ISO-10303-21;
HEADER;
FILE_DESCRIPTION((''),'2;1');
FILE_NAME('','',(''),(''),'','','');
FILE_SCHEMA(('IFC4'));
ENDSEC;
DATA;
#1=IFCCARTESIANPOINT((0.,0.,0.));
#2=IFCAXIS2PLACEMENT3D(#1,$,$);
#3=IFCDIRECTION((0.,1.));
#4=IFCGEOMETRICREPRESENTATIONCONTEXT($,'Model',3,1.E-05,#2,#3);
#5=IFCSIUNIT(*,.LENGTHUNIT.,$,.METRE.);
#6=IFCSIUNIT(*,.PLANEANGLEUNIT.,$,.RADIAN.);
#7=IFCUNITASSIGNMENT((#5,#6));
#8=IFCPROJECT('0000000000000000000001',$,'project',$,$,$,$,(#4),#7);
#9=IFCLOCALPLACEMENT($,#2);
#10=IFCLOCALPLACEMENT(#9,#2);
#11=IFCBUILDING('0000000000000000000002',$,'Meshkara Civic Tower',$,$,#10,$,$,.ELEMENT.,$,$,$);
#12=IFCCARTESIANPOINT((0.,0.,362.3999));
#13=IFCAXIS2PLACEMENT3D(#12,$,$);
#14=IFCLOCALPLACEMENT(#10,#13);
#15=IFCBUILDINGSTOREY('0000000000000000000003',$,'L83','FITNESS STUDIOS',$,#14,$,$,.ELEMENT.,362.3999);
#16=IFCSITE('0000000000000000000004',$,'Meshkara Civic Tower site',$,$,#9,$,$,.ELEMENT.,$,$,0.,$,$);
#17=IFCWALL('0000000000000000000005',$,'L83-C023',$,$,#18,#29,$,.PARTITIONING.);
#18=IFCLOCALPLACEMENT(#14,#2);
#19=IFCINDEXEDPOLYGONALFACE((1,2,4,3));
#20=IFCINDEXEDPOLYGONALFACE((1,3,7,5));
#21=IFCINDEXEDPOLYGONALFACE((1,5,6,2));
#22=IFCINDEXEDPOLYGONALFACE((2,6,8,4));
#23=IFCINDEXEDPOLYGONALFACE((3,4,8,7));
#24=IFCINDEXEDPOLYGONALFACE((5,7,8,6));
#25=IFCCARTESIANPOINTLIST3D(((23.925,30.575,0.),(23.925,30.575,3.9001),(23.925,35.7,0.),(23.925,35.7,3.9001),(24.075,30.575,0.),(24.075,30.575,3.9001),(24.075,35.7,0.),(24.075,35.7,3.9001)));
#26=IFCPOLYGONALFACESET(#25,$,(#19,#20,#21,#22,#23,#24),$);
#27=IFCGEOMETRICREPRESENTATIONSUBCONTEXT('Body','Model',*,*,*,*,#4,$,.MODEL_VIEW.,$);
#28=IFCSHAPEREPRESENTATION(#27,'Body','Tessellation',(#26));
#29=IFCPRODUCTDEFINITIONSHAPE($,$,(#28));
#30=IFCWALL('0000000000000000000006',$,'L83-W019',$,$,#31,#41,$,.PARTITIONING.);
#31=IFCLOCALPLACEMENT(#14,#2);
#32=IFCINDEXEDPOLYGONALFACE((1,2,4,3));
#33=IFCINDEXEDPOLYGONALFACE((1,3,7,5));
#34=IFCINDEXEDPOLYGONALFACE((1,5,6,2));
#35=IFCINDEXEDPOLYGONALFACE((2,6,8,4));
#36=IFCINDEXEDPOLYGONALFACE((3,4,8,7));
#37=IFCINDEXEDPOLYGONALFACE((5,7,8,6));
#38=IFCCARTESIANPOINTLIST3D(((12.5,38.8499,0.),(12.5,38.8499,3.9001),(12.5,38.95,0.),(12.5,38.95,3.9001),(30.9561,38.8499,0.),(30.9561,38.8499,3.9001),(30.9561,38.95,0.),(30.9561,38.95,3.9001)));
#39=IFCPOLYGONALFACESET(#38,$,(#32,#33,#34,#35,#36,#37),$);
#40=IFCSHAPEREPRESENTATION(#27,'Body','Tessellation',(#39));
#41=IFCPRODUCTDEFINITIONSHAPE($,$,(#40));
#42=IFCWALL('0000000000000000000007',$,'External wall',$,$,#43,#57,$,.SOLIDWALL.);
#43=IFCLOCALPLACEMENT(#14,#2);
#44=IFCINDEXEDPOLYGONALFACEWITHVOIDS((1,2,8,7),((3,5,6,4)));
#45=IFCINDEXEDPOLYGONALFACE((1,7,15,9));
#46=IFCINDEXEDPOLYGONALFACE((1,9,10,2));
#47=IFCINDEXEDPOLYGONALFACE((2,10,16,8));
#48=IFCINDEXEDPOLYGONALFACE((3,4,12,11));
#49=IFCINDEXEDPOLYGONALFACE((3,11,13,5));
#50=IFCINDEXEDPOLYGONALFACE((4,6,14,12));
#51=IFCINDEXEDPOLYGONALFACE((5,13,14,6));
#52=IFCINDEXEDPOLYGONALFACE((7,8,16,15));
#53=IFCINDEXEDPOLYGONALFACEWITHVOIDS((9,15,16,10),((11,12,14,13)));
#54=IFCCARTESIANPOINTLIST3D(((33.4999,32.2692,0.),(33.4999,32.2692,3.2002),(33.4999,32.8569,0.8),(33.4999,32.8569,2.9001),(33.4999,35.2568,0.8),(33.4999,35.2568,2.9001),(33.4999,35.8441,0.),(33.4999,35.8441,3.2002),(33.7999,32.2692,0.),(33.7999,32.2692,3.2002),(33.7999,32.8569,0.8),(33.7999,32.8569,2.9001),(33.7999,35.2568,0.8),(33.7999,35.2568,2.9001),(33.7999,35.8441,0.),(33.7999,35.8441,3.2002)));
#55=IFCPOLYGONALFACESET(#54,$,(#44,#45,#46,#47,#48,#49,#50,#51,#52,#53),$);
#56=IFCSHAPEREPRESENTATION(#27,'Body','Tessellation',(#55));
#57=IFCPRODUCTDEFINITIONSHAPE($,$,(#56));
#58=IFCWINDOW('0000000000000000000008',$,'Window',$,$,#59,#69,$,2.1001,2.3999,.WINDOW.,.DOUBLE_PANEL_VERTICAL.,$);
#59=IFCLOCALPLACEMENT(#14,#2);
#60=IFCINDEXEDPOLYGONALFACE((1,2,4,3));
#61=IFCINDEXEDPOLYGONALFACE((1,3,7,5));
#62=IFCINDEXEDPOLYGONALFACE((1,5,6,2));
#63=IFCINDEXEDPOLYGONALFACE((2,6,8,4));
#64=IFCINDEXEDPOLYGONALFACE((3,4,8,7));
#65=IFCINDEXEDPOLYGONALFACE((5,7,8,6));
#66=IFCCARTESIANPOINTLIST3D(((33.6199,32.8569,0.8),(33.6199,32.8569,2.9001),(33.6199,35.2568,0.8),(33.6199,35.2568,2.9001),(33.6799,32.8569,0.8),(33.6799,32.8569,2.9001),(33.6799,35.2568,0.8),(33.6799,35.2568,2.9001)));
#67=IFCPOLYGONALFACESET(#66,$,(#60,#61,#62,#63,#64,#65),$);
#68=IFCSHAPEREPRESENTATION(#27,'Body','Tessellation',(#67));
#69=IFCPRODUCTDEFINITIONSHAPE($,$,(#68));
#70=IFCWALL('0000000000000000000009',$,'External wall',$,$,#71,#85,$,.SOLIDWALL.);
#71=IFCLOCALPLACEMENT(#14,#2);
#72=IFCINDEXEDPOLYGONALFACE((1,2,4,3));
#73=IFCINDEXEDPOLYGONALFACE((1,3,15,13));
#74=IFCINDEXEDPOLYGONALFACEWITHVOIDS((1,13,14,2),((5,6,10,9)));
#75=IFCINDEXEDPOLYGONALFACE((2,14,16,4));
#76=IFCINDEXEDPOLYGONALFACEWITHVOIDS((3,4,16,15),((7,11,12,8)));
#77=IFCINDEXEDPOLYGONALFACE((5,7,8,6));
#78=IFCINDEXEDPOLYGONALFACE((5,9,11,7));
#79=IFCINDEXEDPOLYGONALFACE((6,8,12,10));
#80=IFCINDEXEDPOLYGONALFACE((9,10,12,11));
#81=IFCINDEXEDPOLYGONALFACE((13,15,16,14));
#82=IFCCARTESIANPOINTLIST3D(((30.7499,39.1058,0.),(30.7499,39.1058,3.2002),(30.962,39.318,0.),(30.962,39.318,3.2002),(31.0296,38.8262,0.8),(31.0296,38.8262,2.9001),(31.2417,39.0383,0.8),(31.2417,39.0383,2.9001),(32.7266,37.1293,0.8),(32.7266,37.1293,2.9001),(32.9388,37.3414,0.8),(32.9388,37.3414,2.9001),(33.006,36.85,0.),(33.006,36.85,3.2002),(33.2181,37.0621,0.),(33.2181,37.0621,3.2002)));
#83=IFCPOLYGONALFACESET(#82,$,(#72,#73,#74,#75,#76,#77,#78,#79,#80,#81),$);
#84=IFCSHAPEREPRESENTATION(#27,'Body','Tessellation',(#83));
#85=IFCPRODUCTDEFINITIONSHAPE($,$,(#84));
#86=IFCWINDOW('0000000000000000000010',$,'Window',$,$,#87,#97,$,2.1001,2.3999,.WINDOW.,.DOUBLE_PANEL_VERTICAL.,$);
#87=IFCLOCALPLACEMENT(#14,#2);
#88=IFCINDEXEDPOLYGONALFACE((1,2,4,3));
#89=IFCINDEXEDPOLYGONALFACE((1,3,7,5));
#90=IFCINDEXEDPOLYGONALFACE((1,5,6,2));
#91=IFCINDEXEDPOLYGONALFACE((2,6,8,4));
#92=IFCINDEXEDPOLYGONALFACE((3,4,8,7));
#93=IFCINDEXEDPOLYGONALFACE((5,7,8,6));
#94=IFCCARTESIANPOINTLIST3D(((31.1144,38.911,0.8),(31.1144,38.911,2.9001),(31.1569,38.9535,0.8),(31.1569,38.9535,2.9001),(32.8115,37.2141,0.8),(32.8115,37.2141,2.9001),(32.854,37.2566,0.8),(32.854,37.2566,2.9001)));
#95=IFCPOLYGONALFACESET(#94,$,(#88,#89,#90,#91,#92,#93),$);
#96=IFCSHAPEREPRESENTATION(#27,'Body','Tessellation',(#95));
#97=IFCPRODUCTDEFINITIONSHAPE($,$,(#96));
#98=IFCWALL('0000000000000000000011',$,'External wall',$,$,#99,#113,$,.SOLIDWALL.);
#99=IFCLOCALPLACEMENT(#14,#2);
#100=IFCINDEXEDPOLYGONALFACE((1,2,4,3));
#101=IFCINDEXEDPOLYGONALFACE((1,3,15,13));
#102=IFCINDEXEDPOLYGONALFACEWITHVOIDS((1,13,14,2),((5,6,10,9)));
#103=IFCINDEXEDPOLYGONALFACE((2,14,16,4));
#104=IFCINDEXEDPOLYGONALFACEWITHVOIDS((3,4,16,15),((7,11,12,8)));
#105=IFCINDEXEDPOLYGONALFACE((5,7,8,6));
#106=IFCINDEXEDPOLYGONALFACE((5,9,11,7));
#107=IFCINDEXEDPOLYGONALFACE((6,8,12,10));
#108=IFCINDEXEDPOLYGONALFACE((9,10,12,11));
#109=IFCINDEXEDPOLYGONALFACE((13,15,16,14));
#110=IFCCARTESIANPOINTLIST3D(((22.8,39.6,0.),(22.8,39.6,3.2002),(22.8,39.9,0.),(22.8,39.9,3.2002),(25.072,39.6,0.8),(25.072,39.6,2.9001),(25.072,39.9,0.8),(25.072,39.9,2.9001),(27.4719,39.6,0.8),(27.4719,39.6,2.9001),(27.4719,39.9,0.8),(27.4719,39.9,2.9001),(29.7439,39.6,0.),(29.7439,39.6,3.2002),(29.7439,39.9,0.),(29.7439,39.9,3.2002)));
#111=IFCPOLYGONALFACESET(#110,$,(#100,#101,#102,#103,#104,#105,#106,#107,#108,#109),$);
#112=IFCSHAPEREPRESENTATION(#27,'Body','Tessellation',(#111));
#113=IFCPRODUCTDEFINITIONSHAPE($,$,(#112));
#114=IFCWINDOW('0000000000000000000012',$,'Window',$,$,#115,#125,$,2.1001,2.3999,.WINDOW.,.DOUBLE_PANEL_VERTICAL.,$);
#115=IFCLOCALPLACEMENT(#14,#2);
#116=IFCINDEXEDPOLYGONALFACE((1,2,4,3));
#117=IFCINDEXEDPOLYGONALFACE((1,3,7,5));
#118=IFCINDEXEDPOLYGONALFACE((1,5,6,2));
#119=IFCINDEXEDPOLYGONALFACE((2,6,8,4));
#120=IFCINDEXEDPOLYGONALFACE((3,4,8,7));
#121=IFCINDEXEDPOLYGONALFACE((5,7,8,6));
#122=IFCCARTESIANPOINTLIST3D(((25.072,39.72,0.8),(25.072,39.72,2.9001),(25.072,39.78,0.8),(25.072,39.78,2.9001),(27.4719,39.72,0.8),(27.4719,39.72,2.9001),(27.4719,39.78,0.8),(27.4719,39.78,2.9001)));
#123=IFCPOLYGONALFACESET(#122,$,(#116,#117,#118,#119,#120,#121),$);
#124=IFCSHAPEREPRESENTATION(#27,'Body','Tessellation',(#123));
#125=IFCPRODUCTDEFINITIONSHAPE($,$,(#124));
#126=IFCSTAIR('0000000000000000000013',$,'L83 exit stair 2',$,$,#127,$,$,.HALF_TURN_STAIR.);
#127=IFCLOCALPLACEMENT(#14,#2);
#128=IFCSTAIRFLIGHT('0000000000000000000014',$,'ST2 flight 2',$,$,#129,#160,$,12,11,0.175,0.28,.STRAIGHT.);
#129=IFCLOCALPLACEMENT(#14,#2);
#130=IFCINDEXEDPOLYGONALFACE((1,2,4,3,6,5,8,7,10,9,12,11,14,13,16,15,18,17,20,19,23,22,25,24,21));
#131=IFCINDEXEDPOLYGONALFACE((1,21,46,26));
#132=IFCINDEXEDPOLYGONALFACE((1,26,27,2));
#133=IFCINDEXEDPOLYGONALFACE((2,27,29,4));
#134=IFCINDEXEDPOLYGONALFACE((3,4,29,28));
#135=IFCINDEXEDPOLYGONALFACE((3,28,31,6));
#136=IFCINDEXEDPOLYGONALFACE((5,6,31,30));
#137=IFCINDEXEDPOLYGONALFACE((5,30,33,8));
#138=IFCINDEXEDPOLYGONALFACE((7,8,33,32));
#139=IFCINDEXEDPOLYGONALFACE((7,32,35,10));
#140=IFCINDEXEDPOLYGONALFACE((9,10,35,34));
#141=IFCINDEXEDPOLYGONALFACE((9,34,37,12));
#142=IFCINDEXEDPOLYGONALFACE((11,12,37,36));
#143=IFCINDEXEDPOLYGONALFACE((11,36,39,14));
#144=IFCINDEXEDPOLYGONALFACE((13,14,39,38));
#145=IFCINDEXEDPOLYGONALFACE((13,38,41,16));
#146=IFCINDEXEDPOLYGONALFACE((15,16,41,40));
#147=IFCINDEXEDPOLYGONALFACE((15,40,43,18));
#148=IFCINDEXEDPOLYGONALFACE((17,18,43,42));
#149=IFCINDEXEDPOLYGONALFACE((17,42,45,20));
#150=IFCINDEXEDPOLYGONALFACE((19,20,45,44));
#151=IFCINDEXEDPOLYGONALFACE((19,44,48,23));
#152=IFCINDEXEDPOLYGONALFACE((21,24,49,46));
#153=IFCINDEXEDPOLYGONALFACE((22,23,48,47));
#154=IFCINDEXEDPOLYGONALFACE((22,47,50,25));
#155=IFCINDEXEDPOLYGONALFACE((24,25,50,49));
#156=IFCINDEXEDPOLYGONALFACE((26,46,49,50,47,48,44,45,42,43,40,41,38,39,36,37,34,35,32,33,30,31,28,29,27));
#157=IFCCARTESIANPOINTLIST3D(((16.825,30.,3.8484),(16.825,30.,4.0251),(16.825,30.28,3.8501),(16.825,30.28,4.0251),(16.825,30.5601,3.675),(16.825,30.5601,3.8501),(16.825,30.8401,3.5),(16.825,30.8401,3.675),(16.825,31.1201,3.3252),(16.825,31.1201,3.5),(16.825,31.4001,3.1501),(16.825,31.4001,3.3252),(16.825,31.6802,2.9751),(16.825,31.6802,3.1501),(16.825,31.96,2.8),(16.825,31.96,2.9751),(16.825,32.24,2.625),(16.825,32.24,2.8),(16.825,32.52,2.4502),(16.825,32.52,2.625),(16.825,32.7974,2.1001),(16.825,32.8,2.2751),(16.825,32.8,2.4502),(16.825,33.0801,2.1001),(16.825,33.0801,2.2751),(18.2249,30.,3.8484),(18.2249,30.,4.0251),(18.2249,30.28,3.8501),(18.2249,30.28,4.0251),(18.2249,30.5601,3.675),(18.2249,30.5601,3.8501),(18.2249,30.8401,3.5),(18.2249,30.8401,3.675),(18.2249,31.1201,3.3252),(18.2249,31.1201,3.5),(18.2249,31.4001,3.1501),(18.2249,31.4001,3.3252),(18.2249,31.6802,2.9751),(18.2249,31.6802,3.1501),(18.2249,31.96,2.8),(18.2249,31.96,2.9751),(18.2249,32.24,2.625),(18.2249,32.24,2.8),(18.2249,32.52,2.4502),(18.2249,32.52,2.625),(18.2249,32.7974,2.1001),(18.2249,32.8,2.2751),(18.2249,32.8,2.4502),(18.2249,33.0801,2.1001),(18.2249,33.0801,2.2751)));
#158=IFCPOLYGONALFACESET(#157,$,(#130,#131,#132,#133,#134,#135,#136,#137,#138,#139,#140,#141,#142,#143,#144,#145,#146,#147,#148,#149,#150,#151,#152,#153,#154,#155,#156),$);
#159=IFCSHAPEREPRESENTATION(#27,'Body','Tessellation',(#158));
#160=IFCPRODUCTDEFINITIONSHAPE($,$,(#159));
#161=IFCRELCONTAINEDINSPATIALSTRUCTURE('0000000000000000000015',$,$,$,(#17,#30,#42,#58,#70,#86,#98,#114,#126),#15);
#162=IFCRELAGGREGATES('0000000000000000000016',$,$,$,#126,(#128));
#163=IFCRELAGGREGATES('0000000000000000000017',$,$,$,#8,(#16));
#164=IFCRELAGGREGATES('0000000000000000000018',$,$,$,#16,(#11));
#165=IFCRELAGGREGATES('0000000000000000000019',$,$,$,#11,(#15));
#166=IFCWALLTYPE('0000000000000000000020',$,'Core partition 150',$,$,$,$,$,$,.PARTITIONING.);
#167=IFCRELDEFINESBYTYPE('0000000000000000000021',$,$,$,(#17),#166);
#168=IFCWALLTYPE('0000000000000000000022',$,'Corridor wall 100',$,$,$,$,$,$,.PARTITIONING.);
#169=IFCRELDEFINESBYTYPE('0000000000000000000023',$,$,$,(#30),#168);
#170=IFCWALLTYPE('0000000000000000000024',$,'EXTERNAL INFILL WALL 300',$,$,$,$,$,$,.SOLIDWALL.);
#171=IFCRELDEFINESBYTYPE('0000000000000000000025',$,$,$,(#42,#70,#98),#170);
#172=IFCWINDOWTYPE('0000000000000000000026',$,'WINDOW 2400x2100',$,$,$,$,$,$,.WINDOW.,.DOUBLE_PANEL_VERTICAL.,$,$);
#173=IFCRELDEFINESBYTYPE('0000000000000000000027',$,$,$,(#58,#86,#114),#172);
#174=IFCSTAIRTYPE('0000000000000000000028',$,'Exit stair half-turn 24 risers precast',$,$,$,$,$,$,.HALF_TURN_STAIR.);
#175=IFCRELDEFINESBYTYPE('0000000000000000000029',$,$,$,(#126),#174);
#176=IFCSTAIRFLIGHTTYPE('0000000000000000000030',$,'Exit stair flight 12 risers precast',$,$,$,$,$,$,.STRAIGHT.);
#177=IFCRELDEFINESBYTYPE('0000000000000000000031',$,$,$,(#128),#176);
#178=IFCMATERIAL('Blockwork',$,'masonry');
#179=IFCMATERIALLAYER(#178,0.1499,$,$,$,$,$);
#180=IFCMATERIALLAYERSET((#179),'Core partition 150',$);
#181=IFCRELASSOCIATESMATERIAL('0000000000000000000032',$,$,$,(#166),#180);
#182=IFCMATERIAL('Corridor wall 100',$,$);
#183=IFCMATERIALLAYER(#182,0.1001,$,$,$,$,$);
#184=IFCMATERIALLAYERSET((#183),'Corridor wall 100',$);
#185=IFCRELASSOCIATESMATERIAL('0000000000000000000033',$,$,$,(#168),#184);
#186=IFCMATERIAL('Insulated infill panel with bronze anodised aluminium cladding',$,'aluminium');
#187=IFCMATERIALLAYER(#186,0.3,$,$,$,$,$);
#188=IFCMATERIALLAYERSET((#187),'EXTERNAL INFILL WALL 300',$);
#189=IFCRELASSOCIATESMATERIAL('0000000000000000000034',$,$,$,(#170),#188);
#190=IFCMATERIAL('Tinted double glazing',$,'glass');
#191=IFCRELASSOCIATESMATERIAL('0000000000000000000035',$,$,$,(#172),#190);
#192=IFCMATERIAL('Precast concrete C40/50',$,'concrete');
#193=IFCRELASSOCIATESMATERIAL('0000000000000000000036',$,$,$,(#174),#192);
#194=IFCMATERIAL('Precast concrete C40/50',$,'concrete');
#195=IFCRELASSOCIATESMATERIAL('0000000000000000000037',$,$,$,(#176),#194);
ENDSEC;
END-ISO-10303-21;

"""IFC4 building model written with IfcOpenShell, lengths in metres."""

from ifc_helpers import new_model, si_unit, direction, frame, frame_2d, origin, place, context, subcontext, project, spatial, polyline, rectangle, outline, extrude, material, layer, layer_set, type_object, element, fill, aggregate, save


model = new_model("IFC4")

# Units and contexts
model_context = context("Model", 3, precision=1e-05, world=origin(), true_north=direction((0.0, 1.0)))
body_context = subcontext(model_context, "Body", "Model", "MODEL_VIEW")
ifc_project = project(units=[si_unit("LENGTHUNIT", "METRE"), si_unit("PLANEANGLEUNIT", "RADIAN")], contexts=[model_context])

# Site, building, storey
site_placement = place(None, origin())
site = spatial("IfcSite", under=ifc_project, at=site_placement, Name="Meshkara Civic Tower site", CompositionType="ELEMENT", RefElevation=0.0)
building_placement = place(site_placement, origin())
building = spatial("IfcBuilding", under=site, at=building_placement, Name="Meshkara Civic Tower", CompositionType="ELEMENT")
storey_placement = place(building_placement, frame((0.0, 0.0, 362.3999)))
storey = spatial("IfcBuildingStorey", under=building, at=storey_placement, Name="L83", Description="FITNESS STUDIOS", CompositionType="ELEMENT", Elevation=362.3999)

# Shared definitions
ifc_material_1 = material(Name="Blockwork", Category="masonry")
ifc_layer_1 = layer(ifc_material_1, 0.1499)
ifc_layer_set_1 = layer_set([ifc_layer_1], Name="Core partition 150")
wall_type_1 = type_object("IfcWallType", Name="Core partition 150", PredefinedType="PARTITIONING", material=ifc_layer_set_1)

# Walls
for number, where, z_axis, x_axis, name in (
    (1, (24.0, 30.575, 0.0), (0.0, 0.0, 1.0), (0.0, 1.0, 0.0), "L83-C023"),
):
    element("IfcWall", number, at=place(storey_placement, frame(where, z_axis=z_axis, x_axis=x_axis)), inside=storey, type_object=wall_type_1, Name=name, PredefinedType="PARTITIONING", context=body_context, shape_type="SweptSolid", body=[
        extrude(rectangle(XDim=5.125, YDim=0.1499, at=frame_2d((2.5625, 0.0))), origin(), (0.0, 0.0, 1.0), 3.9001),
    ])
ifc_material_2 = material(Name="Corridor wall 100")
ifc_layer_2 = layer(ifc_material_2, 0.1001)
ifc_layer_set_2 = layer_set([ifc_layer_2], Name="Corridor wall 100")
wall_type_2 = type_object("IfcWallType", Name="Corridor wall 100", PredefinedType="PARTITIONING", material=ifc_layer_set_2)
wall_1_placement = place(storey_placement, frame((30.9561, 38.8999, 0.0), z_axis=(0.0, 0.0, 1.0), x_axis=(-1.0, 0.0, 0.0)))
element("IfcWall", 2, at=wall_1_placement, inside=storey, type_object=wall_type_2, Name="L83-W019", PredefinedType="PARTITIONING", context=body_context, shape_type="SweptSolid", body=[
    extrude(rectangle(XDim=18.4561, YDim=0.1001, at=frame_2d((9.228, 0.0))), origin(), (0.0, 0.0, 1.0), 3.9001),
])

# Walls, openings, windows
ifc_material_3 = material(Name="Insulated infill panel with bronze anodised aluminium cladding", Category="aluminium")
ifc_layer_3 = layer(ifc_material_3, 0.3)
ifc_layer_set_3 = layer_set([ifc_layer_3], Name="EXTERNAL INFILL WALL 300")
wall_type_3 = type_object("IfcWallType", Name="EXTERNAL INFILL WALL 300", PredefinedType="SOLIDWALL", material=ifc_layer_set_3)
wall_2_placement = place(storey_placement, frame((33.6499, 32.269, 0.0), z_axis=(0.0, 0.0, 1.0), x_axis=(0.0, 1.0, 0.0)))
wall_2 = element("IfcWall", 3, at=wall_2_placement, inside=storey, type_object=wall_type_3, Name="External wall", PredefinedType="SOLIDWALL", context=body_context, shape_type="SweptSolid", body=[
    extrude(rectangle(XDim=3.575, YDim=0.3, at=frame_2d((1.7876, 0.0))), origin(), (0.0, 0.0, 1.0), 3.2002),
])
opening_1_placement = place(wall_2_placement, frame((0.5879, 0.0, 0.8)))
opening_1 = element("IfcOpeningElement", 4, at=opening_1_placement, cuts=wall_2, PredefinedType="OPENING", context=body_context, shape_type="SweptSolid", body=[
    extrude(rectangle(XDim=2.3999, YDim=2.1001, at=frame_2d((1.2, 1.05))), frame((0.0, 0.1599, 0.0), z_axis=(0.0, -1.0, 0.0), x_axis=(1.0, 0.0, 0.0)), (0.0, 0.0, 1.0), 0.3201),
])
ifc_material_4 = material(Name="Tinted double glazing", Category="glass")
window_type = type_object("IfcWindowType", Name="WINDOW 2400x2100", PartitioningType="DOUBLE_PANEL_VERTICAL", PredefinedType="WINDOW", material=ifc_material_4)
window_1_placement = place(opening_1_placement, origin())
window_1 = element("IfcWindow", 5, at=window_1_placement, inside=storey, type_object=window_type, Name="Window", OverallHeight=2.1001, OverallWidth=2.3999, PartitioningType="DOUBLE_PANEL_VERTICAL", PredefinedType="WINDOW", context=body_context, shape_type="SweptSolid", body=[
    extrude(rectangle(XDim=2.3999, YDim=2.1001, at=frame_2d((1.2, 1.05))), frame((0.0, 0.03, 0.0), z_axis=(0.0, -1.0, 0.0), x_axis=(1.0, 0.0, 0.0)), (0.0, 0.0, 1.0), 0.0601),
])
fill(opening_1, window_1)
wall_3_placement = place(storey_placement, frame((33.1121, 36.9561, 0.0), z_axis=(0.0, 0.0, 1.0), x_axis=(-0.707145, 0.707069, 0.0)))
wall_3 = element("IfcWall", 6, at=wall_3_placement, inside=storey, type_object=wall_type_3, Name="External wall", PredefinedType="SOLIDWALL", context=body_context, shape_type="SweptSolid", body=[
    extrude(rectangle(XDim=3.1904, YDim=0.3, at=frame_2d((1.5952, 0.0))), origin(), (0.0, 0.0, 1.0), 3.2002),
])
opening_2_placement = place(wall_3_placement, frame((0.395, 0.0, 0.8)))
opening_2 = element("IfcOpeningElement", 7, at=opening_2_placement, cuts=wall_3, PredefinedType="OPENING", context=body_context, shape_type="SweptSolid", body=[
    extrude(rectangle(XDim=2.3999, YDim=2.1001, at=frame_2d((1.2, 1.05))), frame((0.0, 0.1599, 0.0), z_axis=(0.0, -1.0, 0.0), x_axis=(1.0, 0.0, 0.0)), (0.0, 0.0, 1.0), 0.3201),
])
window_2_placement = place(opening_2_placement, origin())
window_2 = element("IfcWindow", 8, at=window_2_placement, inside=storey, type_object=window_type, Name="Window", OverallHeight=2.1001, OverallWidth=2.3999, PartitioningType="DOUBLE_PANEL_VERTICAL", PredefinedType="WINDOW", context=body_context, shape_type="SweptSolid", body=[
    extrude(rectangle(XDim=2.3999, YDim=2.1001, at=frame_2d((1.2, 1.05))), frame((0.0, 0.03, 0.0), z_axis=(0.0, -1.0, 0.0), x_axis=(1.0, 0.0, 0.0)), (0.0, 0.0, 1.0), 0.0601),
])
fill(opening_2, window_2)
wall_4_placement = place(storey_placement, frame((29.7439, 39.75, 0.0), z_axis=(0.0, 0.0, 1.0), x_axis=(-1.0, 0.0, 0.0)))
wall_4 = element("IfcWall", 9, at=wall_4_placement, inside=storey, type_object=wall_type_3, Name="External wall", PredefinedType="SOLIDWALL", context=body_context, shape_type="SweptSolid", body=[
    extrude(rectangle(XDim=6.9438, YDim=0.3, at=frame_2d((3.4719, 0.0))), origin(), (0.0, 0.0, 1.0), 3.2002),
])
opening_3_placement = place(wall_4_placement, frame((2.272, 0.0, 0.8)))
opening_3 = element("IfcOpeningElement", 10, at=opening_3_placement, cuts=wall_4, PredefinedType="OPENING", context=body_context, shape_type="SweptSolid", body=[
    extrude(rectangle(XDim=2.3999, YDim=2.1001, at=frame_2d((1.2, 1.05))), frame((0.0, 0.1599, 0.0), z_axis=(0.0, -1.0, 0.0), x_axis=(1.0, 0.0, 0.0)), (0.0, 0.0, 1.0), 0.3201),
])
window_3_placement = place(opening_3_placement, origin())
window_3 = element("IfcWindow", 11, at=window_3_placement, inside=storey, type_object=window_type, Name="Window", OverallHeight=2.1001, OverallWidth=2.3999, PartitioningType="DOUBLE_PANEL_VERTICAL", PredefinedType="WINDOW", context=body_context, shape_type="SweptSolid", body=[
    extrude(rectangle(XDim=2.3999, YDim=2.1001, at=frame_2d((1.2, 1.05))), frame((0.0, 0.03, 0.0), z_axis=(0.0, -1.0, 0.0), x_axis=(1.0, 0.0, 0.0)), (0.0, 0.0, 1.0), 0.0601),
])
fill(opening_3, window_3)

# Stair, stair flight
ifc_material_5 = material(Name="Precast concrete C40/50", Category="concrete")
stair_type = type_object("IfcStairType", Name="Exit stair half-turn 24 risers precast", PredefinedType="HALF_TURN_STAIR", material=ifc_material_5)
stair_placement = place(storey_placement, origin())
stair = element("IfcStair", 12, at=stair_placement, inside=storey, type_object=stair_type, Name="L83 exit stair 2", PredefinedType="HALF_TURN_STAIR")
ifc_material_6 = material(Name="Precast concrete C40/50", Category="concrete")
stair_flight_type = type_object("IfcStairFlightType", Name="Exit stair flight 12 risers precast", PredefinedType="STRAIGHT", material=ifc_material_6)
stair_flight_placement = place(storey_placement, frame((17.5249, 33.0801, 2.1001), z_axis=(0.0, 0.0, 1.0), x_axis=(0.0, -1.0, 0.0)))
stair_flight = element("IfcStairFlight", 13, at=stair_flight_placement, type_object=stair_flight_type, Name="ST2 flight 2", NumberOfRisers=12, NumberOfTreads=11, PredefinedType="STRAIGHT", RiserHeight=0.175, TreadLength=0.28, context=body_context, shape_type="SweptSolid", body=[
    extrude(outline(polyline([(0.0, 0.0), (0.0, 0.175), (0.28, 0.175), (0.28, 0.3501), (0.5601, 0.3501), (0.5601, 0.5249), (0.8401, 0.5249), (0.8401, 0.7), (1.1201, 0.7), (1.1201, 0.875), (1.3999, 0.875), (1.3999, 1.05), (1.6799, 1.05), (1.6799, 1.2251), (1.96, 1.2251), (1.96, 1.3999), (2.24, 1.3999), (2.24, 1.575), (2.52, 1.575), (2.52, 1.75), (2.8, 1.75), (2.8, 1.925), (3.0801, 1.925), (3.0801, 2.1001), (3.0801, 1.7483), (0.2827, 0.0), (0.0, 0.0)])), frame((0.0, 0.7, 0.0), z_axis=(0.0, -1.0, 0.0), x_axis=(1.0, 0.0, 0.0)), (0.0, 0.0, 1.0), 1.3999),
])
aggregate(stair, [stair_flight])

save(model, "model.ifc")
